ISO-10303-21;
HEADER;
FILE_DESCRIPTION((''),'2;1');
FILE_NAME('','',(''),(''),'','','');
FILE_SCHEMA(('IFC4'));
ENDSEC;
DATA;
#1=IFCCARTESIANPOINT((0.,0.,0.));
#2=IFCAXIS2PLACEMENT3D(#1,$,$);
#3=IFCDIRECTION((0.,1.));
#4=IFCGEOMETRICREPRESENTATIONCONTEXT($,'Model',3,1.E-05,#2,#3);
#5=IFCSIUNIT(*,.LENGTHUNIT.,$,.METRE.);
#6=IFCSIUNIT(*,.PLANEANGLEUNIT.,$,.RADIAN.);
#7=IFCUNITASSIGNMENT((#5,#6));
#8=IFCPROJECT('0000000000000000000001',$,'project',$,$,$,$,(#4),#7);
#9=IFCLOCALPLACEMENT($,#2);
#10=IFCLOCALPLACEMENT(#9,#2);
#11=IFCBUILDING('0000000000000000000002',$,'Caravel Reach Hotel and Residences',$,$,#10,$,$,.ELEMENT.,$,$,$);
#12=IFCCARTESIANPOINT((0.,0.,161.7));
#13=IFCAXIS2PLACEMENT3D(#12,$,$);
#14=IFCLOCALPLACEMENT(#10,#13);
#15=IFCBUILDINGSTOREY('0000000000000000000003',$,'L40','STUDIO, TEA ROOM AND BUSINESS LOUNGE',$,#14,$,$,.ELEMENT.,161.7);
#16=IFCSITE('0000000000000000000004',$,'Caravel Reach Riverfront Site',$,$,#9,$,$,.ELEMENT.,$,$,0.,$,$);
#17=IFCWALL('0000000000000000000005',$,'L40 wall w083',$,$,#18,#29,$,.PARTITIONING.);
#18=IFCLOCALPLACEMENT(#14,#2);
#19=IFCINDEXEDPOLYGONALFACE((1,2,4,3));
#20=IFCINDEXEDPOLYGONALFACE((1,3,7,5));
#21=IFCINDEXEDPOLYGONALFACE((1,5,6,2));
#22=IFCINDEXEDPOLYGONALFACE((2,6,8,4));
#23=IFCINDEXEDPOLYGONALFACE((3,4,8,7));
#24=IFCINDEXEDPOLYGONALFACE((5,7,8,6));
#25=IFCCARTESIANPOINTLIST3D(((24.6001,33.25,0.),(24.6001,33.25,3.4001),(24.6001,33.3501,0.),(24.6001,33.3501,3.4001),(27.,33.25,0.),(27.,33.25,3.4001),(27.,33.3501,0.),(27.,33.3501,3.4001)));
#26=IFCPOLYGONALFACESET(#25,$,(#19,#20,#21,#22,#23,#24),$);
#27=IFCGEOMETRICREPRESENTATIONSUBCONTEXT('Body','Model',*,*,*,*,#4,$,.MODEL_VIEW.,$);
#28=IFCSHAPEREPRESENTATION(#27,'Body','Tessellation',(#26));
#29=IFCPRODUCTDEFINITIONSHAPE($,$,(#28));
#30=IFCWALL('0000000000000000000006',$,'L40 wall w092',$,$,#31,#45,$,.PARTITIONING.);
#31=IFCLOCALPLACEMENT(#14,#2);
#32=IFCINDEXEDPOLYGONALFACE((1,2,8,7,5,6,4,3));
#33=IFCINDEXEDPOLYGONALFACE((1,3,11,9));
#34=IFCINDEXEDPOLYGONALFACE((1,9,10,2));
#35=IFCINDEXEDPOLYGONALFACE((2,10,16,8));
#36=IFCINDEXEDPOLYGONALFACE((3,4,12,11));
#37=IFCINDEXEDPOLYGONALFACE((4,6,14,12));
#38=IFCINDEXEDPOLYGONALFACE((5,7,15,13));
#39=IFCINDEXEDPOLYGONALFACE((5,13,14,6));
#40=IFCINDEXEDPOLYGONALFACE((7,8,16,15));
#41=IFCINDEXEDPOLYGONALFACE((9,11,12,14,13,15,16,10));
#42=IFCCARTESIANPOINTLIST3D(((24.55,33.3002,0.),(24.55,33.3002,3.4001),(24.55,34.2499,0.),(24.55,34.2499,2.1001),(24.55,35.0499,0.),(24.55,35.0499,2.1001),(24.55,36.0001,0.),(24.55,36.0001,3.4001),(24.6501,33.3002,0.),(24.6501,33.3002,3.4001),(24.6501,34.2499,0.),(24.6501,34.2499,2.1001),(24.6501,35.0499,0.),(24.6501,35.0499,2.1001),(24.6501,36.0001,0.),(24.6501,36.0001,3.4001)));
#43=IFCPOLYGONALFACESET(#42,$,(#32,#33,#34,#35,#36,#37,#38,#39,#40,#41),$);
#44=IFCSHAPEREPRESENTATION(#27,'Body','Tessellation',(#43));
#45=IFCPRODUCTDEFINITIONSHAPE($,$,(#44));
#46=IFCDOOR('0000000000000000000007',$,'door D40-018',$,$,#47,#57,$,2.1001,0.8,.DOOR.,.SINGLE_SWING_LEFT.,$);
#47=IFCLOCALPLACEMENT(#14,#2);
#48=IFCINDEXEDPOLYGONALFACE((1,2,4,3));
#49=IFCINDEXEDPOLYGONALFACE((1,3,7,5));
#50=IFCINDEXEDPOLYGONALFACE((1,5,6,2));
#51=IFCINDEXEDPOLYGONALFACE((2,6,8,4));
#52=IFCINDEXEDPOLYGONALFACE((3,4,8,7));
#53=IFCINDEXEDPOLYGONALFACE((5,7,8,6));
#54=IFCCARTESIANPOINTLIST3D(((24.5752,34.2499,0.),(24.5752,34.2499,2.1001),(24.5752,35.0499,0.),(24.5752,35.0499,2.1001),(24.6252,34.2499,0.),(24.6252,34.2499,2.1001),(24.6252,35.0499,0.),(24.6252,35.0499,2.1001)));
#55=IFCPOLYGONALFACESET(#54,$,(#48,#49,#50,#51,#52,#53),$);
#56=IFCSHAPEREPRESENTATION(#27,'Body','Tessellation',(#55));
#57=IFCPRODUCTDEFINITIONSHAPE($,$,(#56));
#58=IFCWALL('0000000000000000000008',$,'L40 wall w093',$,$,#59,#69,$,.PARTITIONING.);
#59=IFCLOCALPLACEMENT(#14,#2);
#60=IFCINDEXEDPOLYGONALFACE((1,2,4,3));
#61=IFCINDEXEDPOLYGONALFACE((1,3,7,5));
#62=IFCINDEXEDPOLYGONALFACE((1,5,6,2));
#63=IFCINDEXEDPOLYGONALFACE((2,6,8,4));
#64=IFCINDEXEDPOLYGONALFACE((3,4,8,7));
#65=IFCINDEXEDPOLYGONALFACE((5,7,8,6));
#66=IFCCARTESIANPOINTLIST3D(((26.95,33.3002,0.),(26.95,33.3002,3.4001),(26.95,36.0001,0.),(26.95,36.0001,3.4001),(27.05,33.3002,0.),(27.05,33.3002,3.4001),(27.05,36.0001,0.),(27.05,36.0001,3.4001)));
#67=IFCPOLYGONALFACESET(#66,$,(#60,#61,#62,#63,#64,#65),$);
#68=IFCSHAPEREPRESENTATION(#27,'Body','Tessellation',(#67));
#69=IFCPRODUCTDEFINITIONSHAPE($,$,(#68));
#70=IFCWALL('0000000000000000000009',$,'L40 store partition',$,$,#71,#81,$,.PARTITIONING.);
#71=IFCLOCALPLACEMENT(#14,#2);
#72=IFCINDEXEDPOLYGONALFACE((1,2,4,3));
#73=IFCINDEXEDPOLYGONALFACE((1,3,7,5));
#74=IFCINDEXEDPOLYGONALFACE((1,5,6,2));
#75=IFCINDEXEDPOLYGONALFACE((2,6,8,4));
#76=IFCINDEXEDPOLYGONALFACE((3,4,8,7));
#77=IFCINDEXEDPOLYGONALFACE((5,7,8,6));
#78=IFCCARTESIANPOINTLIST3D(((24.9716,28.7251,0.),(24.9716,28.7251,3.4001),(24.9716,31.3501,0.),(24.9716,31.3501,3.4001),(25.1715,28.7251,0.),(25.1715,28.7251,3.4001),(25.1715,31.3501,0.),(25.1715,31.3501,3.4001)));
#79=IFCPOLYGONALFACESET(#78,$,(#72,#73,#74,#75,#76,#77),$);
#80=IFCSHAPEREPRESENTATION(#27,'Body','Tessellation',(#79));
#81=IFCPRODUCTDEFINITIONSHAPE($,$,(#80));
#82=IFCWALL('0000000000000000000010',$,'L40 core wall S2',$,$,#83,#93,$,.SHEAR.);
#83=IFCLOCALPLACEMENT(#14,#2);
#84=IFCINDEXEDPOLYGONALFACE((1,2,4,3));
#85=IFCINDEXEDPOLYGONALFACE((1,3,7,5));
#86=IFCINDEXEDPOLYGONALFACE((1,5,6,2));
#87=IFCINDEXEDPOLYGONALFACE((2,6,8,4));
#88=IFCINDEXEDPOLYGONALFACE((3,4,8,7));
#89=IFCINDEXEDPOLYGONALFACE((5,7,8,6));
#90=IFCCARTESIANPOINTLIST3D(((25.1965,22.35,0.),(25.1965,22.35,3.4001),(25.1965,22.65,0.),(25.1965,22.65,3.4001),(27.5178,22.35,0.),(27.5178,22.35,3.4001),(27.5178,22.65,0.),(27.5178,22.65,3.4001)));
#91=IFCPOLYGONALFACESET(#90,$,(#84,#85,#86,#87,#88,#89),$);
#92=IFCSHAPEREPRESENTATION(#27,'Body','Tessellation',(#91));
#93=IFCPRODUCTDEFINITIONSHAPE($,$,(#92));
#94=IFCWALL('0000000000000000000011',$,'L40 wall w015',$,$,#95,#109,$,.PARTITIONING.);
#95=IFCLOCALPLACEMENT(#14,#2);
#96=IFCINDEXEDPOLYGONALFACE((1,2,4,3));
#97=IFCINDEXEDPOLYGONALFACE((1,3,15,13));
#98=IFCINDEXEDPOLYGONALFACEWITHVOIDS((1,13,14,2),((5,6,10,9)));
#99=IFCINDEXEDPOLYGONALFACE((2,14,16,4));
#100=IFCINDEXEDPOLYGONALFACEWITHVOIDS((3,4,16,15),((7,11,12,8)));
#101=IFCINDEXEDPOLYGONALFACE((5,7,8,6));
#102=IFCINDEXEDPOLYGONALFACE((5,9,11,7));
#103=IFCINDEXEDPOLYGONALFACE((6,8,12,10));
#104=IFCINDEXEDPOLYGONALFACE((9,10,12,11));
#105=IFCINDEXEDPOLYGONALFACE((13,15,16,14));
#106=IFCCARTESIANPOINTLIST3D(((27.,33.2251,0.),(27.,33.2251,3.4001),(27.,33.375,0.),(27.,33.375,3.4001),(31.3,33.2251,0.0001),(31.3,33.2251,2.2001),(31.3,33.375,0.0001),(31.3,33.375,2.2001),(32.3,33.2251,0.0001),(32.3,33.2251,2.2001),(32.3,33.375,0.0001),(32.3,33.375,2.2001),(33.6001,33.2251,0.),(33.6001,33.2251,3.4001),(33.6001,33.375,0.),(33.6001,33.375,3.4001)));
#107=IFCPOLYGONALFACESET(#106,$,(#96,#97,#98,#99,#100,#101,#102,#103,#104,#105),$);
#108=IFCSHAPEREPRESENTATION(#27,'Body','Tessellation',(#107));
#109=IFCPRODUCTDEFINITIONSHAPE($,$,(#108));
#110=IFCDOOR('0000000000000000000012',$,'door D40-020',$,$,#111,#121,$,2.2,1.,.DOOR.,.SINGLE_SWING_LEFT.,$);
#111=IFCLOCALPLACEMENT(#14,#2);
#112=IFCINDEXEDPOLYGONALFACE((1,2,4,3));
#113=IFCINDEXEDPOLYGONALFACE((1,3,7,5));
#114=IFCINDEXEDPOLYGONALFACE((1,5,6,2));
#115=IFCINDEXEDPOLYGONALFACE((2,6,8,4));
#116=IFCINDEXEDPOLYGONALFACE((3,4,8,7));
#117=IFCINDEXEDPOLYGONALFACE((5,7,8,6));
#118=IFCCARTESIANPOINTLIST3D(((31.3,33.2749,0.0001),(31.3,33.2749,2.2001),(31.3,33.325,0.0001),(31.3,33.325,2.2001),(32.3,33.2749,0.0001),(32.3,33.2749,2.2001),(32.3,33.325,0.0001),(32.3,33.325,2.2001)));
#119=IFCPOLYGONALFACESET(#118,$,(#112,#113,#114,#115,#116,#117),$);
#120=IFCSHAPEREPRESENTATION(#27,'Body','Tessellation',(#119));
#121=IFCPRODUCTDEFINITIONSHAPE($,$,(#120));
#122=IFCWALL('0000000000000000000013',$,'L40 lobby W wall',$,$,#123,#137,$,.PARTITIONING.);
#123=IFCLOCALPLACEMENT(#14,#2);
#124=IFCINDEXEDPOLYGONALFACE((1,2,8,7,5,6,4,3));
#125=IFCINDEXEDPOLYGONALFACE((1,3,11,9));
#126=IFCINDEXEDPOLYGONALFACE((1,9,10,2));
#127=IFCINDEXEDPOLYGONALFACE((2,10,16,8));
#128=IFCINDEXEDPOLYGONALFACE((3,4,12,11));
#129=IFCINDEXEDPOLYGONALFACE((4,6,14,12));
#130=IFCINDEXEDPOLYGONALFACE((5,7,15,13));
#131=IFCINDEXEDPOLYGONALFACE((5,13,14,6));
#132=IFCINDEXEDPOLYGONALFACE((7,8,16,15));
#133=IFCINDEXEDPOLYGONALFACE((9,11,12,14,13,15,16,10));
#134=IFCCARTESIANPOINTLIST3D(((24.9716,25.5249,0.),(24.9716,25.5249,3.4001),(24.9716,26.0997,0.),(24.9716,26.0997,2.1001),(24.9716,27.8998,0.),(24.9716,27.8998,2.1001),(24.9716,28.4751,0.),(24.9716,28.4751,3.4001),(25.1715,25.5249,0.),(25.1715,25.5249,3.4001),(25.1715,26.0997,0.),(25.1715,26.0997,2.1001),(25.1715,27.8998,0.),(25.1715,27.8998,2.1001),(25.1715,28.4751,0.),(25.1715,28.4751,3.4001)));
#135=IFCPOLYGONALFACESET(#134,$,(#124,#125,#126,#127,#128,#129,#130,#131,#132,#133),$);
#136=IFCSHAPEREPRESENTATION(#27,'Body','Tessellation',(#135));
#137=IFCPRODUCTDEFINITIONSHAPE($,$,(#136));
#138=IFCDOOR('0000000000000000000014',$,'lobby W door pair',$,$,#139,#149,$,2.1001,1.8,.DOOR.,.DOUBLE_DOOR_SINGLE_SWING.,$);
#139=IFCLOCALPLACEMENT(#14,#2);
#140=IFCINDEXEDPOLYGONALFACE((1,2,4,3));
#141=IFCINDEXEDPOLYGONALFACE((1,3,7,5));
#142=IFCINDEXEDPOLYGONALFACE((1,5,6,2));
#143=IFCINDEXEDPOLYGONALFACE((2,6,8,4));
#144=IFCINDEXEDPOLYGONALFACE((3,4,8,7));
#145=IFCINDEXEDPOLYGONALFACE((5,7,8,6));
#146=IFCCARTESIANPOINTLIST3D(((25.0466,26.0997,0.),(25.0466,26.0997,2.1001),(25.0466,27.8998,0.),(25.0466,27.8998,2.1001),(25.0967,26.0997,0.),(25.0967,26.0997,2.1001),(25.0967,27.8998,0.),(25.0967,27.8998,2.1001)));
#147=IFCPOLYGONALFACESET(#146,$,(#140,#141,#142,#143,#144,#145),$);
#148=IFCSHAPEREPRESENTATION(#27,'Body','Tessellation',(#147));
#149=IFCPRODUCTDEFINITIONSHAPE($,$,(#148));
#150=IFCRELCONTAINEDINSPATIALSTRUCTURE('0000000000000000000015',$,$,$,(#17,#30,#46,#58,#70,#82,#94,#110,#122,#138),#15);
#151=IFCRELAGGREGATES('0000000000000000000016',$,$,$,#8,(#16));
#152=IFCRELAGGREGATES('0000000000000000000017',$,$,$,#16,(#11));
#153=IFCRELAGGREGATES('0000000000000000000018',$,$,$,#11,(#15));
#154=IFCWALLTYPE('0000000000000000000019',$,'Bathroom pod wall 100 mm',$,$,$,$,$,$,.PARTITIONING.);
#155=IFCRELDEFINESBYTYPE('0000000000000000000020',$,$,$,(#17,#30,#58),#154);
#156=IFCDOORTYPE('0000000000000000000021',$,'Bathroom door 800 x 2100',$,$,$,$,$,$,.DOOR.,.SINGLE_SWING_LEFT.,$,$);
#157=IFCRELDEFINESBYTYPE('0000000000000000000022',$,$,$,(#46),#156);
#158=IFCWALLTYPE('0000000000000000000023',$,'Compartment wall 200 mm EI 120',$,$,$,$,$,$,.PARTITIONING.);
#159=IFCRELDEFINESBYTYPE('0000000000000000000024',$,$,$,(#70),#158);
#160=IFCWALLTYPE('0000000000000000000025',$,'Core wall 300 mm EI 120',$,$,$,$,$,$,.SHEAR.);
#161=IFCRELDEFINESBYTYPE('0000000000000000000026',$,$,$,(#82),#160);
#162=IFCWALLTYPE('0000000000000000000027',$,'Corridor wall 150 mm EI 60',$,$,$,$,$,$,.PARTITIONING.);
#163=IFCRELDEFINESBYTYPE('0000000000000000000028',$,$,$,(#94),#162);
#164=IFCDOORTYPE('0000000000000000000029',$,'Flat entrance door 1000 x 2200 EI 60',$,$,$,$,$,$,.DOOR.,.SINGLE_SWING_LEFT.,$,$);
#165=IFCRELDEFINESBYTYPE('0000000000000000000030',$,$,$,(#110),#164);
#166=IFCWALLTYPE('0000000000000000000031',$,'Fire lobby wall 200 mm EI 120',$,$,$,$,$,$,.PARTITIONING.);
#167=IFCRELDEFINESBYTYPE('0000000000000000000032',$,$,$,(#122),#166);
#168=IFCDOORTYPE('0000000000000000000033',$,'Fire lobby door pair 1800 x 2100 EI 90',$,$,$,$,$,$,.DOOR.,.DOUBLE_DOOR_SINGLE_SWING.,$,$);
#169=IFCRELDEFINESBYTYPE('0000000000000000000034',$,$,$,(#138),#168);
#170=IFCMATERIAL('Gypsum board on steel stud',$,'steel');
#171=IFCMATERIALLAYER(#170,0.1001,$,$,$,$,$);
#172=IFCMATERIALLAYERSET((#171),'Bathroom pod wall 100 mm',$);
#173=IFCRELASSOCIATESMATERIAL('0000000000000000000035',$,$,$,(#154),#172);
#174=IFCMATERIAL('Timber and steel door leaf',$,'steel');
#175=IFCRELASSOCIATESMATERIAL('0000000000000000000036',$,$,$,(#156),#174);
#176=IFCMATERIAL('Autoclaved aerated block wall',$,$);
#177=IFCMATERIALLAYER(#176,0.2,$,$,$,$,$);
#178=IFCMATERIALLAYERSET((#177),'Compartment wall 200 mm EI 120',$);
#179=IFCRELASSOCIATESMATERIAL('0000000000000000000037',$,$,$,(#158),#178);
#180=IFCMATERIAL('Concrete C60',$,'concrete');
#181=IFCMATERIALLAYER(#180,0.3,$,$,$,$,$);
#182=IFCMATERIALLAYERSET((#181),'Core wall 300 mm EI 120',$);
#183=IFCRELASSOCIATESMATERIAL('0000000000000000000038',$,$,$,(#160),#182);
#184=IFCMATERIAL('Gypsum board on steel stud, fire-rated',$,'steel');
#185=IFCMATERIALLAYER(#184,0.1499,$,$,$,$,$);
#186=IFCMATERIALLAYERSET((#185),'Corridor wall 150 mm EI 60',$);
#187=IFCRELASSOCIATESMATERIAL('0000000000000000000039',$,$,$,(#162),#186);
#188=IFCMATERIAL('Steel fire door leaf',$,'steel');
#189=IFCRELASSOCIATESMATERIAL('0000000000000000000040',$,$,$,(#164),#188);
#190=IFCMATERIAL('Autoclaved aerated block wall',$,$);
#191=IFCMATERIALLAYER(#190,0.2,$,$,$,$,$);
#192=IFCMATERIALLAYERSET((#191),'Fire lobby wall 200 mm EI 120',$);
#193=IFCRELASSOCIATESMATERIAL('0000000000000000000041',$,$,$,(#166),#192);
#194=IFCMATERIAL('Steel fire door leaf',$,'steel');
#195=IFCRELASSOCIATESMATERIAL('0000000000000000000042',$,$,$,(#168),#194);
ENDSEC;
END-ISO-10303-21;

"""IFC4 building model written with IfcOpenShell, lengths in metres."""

from ifc_helpers import new_model, si_unit, direction, frame, frame_2d, origin, place, context, subcontext, project, spatial, rectangle, extrude, material, layer, layer_set, type_object, element, fill, save


model = new_model("IFC4")

# Units and contexts
model_context = context("Model", 3, precision=1e-05, world=origin(), true_north=direction((0.0, 1.0)))
body_context = subcontext(model_context, "Body", "Model", "MODEL_VIEW")
ifc_project = project(units=[si_unit("LENGTHUNIT", "METRE"), si_unit("PLANEANGLEUNIT", "RADIAN")], contexts=[model_context])

# Site, building, storey
site_placement = place(None, origin())
site = spatial("IfcSite", under=ifc_project, at=site_placement, Name="Caravel Reach Riverfront Site", CompositionType="ELEMENT", RefElevation=0.0)
building_placement = place(site_placement, origin())
building = spatial("IfcBuilding", under=site, at=building_placement, Name="Caravel Reach Hotel and Residences", CompositionType="ELEMENT")
storey_placement = place(building_placement, frame((0.0, 0.0, 161.7)))
storey = spatial("IfcBuildingStorey", under=building, at=storey_placement, Name="L40", Description="STUDIO, TEA ROOM AND BUSINESS LOUNGE", CompositionType="ELEMENT", Elevation=161.7)

# Wall
ifc_material_1 = material(Name="Gypsum board on steel stud", Category="steel")
ifc_layer_1 = layer(ifc_material_1, 0.1001)
ifc_layer_set_1 = layer_set([ifc_layer_1], Name="Bathroom pod wall 100 mm")
wall_type_1 = type_object("IfcWallType", Name="Bathroom pod wall 100 mm", PredefinedType="PARTITIONING", material=ifc_layer_set_1)
wall_1_placement = place(storey_placement, frame((24.6001, 33.3, 0.0), z_axis=(0.0, 0.0, 1.0), x_axis=(1.0, 0.0, 0.0)))
element("IfcWall", 1, at=wall_1_placement, inside=storey, type_object=wall_type_1, Name="L40 wall w083", PredefinedType="PARTITIONING", context=body_context, shape_type="SweptSolid", body=[
    extrude(rectangle(XDim=2.3999, YDim=0.1001, at=frame_2d((1.2, 0.0))), origin(), (0.0, 0.0, 1.0), 3.4001),
])

# Wall, opening, door
wall_2_placement = place(storey_placement, frame((24.6001, 33.3, 0.0), z_axis=(0.0, 0.0, 1.0), x_axis=(0.0, 1.0, 0.0)))
wall_2 = element("IfcWall", 2, at=wall_2_placement, inside=storey, type_object=wall_type_1, Name="L40 wall w092", PredefinedType="PARTITIONING", context=body_context, shape_type="SweptSolid", body=[
    extrude(rectangle(XDim=2.7, YDim=0.1001, at=frame_2d((1.3501, 0.0))), origin(), (0.0, 0.0, 1.0), 3.4001),
])
opening_1_placement = place(wall_2_placement, frame((0.95, 0.0, 0.0)))
opening_1 = element("IfcOpeningElement", 3, at=opening_1_placement, cuts=wall_2, PredefinedType="OPENING", context=body_context, shape_type="SweptSolid", body=[
    extrude(rectangle(XDim=0.8, YDim=2.1001, at=frame_2d((0.3999, 1.05))), frame((0.0, 0.0601, 0.0), z_axis=(0.0, -1.0, 0.0), x_axis=(1.0, 0.0, 0.0)), (0.0, 0.0, 1.0), 0.1201),
])
ifc_material_2 = material(Name="Timber and steel door leaf", Category="steel")
door_type_1 = type_object("IfcDoorType", Name="Bathroom door 800 x 2100", OperationType="SINGLE_SWING_LEFT", PredefinedType="DOOR", material=ifc_material_2)
door_1_placement = place(opening_1_placement, origin())
door_1 = element("IfcDoor", 4, at=door_1_placement, inside=storey, type_object=door_type_1, Name="door D40-018", OperationType="SINGLE_SWING_LEFT", OverallHeight=2.1001, OverallWidth=0.8, PredefinedType="DOOR", context=body_context, shape_type="SweptSolid", body=[
    extrude(rectangle(XDim=0.8, YDim=2.1001, at=frame_2d((0.3999, 1.05))), frame((0.0, 0.0249, 0.0), z_axis=(0.0, -1.0, 0.0), x_axis=(1.0, 0.0, 0.0)), (0.0, 0.0, 1.0), 0.05),
])
fill(opening_1, door_1)

# Walls
wall_3_placement = place(storey_placement, frame((27.0, 33.3, 0.0), z_axis=(0.0, 0.0, 1.0), x_axis=(0.0, 1.0, 0.0)))
element("IfcWall", 5, at=wall_3_placement, inside=storey, type_object=wall_type_1, Name="L40 wall w093", PredefinedType="PARTITIONING", context=body_context, shape_type="SweptSolid", body=[
    extrude(rectangle(XDim=2.7, YDim=0.1001, at=frame_2d((1.3501, 0.0))), origin(), (0.0, 0.0, 1.0), 3.4001),
])
ifc_material_3 = material(Name="Autoclaved aerated block wall")
ifc_layer_2 = layer(ifc_material_3, 0.2)
ifc_layer_set_2 = layer_set([ifc_layer_2], Name="Compartment wall 200 mm EI 120")
wall_type_2 = type_object("IfcWallType", Name="Compartment wall 200 mm EI 120", PredefinedType="PARTITIONING", material=ifc_layer_set_2)
wall_4_placement = place(storey_placement, frame((25.0715, 28.7251, 0.0), z_axis=(0.0, 0.0, 1.0), x_axis=(0.0, 1.0, 0.0)))
element("IfcWall", 6, at=wall_4_placement, inside=storey, type_object=wall_type_2, Name="L40 store partition", PredefinedType="PARTITIONING", context=body_context, shape_type="SweptSolid", body=[
    extrude(rectangle(XDim=2.625, YDim=0.2, at=frame_2d((1.3125, 0.0))), origin(), (0.0, 0.0, 1.0), 3.4001),
])
ifc_material_4 = material(Name="Concrete C60", Category="concrete")
ifc_layer_3 = layer(ifc_material_4, 0.3)
ifc_layer_set_3 = layer_set([ifc_layer_3], Name="Core wall 300 mm EI 120")
wall_type_3 = type_object("IfcWallType", Name="Core wall 300 mm EI 120", PredefinedType="SHEAR", material=ifc_layer_set_3)
wall_5_placement = place(storey_placement, frame((25.1965, 22.5, 0.0), z_axis=(0.0, 0.0, 1.0), x_axis=(1.0, 0.0, 0.0)))
element("IfcWall", 7, at=wall_5_placement, inside=storey, type_object=wall_type_3, Name="L40 core wall S2", PredefinedType="SHEAR", context=body_context, shape_type="SweptSolid", body=[
    extrude(rectangle(XDim=2.3213, YDim=0.3, at=frame_2d((1.1606, 0.0))), origin(), (0.0, 0.0, 1.0), 3.4001),
])

# Walls, openings, doors
ifc_material_5 = material(Name="Gypsum board on steel stud, fire-rated", Category="steel")
ifc_layer_4 = layer(ifc_material_5, 0.1499)
ifc_layer_set_4 = layer_set([ifc_layer_4], Name="Corridor wall 150 mm EI 60")
wall_type_4 = type_object("IfcWallType", Name="Corridor wall 150 mm EI 60", PredefinedType="PARTITIONING", material=ifc_layer_set_4)
wall_6_placement = place(storey_placement, frame((27.0, 33.3, 0.0), z_axis=(0.0, 0.0, 1.0), x_axis=(1.0, 0.0, 0.0)))
wall_6 = element("IfcWall", 8, at=wall_6_placement, inside=storey, type_object=wall_type_4, Name="L40 wall w015", PredefinedType="PARTITIONING", context=body_context, shape_type="SweptSolid", body=[
    extrude(rectangle(XDim=6.6001, YDim=0.1499, at=frame_2d((3.3, 0.0))), origin(), (0.0, 0.0, 1.0), 3.4001),
])
opening_2_placement = place(wall_6_placement, frame((4.3, 0.0, 0.0)))
opening_2 = element("IfcOpeningElement", 9, at=opening_2_placement, cuts=wall_6, PredefinedType="OPENING", context=body_context, shape_type="SweptSolid", body=[
    extrude(rectangle(XDim=1.0, YDim=2.2, at=frame_2d((0.5, 1.1001))), frame((0.0, 0.085, 0.0), z_axis=(0.0, -1.0, 0.0), x_axis=(1.0, 0.0, 0.0)), (0.0, 0.0, 1.0), 0.1699),
])
ifc_material_6 = material(Name="Steel fire door leaf", Category="steel")
door_type_2 = type_object("IfcDoorType", Name="Flat entrance door 1000 x 2200 EI 60", OperationType="SINGLE_SWING_LEFT", PredefinedType="DOOR", material=ifc_material_6)
door_2_placement = place(opening_2_placement, origin())
door_2 = element("IfcDoor", 10, at=door_2_placement, inside=storey, type_object=door_type_2, Name="door D40-020", OperationType="SINGLE_SWING_LEFT", OverallHeight=2.2, OverallWidth=1.0, PredefinedType="DOOR", context=body_context, shape_type="SweptSolid", body=[
    extrude(rectangle(XDim=1.0, YDim=2.2, at=frame_2d((0.5, 1.1001))), frame((0.0, 0.0249, 0.0), z_axis=(0.0, -1.0, 0.0), x_axis=(1.0, 0.0, 0.0)), (0.0, 0.0, 1.0), 0.05),
])
fill(opening_2, door_2)
ifc_material_7 = material(Name="Autoclaved aerated block wall")
ifc_layer_5 = layer(ifc_material_7, 0.2)
ifc_layer_set_5 = layer_set([ifc_layer_5], Name="Fire lobby wall 200 mm EI 120")
wall_type_5 = type_object("IfcWallType", Name="Fire lobby wall 200 mm EI 120", PredefinedType="PARTITIONING", material=ifc_layer_set_5)
wall_7_placement = place(storey_placement, frame((25.0715, 25.5249, 0.0), z_axis=(0.0, 0.0, 1.0), x_axis=(0.0, 1.0, 0.0)))
wall_7 = element("IfcWall", 11, at=wall_7_placement, inside=storey, type_object=wall_type_5, Name="L40 lobby W wall", PredefinedType="PARTITIONING", context=body_context, shape_type="SweptSolid", body=[
    extrude(rectangle(XDim=2.9502, YDim=0.2, at=frame_2d((1.4751, 0.0))), origin(), (0.0, 0.0, 1.0), 3.4001),
])
opening_3_placement = place(wall_7_placement, frame((0.575, 0.0, 0.0)))
opening_3 = element("IfcOpeningElement", 12, at=opening_3_placement, cuts=wall_7, PredefinedType="OPENING", context=body_context, shape_type="SweptSolid", body=[
    extrude(rectangle(XDim=1.8, YDim=2.1001, at=frame_2d((0.8999, 1.05))), frame((0.0, 0.1099, 0.0), z_axis=(0.0, -1.0, 0.0), x_axis=(1.0, 0.0, 0.0)), (0.0, 0.0, 1.0), 0.22),
])
ifc_material_8 = material(Name="Steel fire door leaf", Category="steel")
door_type_3 = type_object("IfcDoorType", Name="Fire lobby door pair 1800 x 2100 EI 90", OperationType="DOUBLE_DOOR_SINGLE_SWING", PredefinedType="DOOR", material=ifc_material_8)
door_3_placement = place(opening_3_placement, origin())
door_3 = element("IfcDoor", 13, at=door_3_placement, inside=storey, type_object=door_type_3, Name="lobby W door pair", OperationType="DOUBLE_DOOR_SINGLE_SWING", OverallHeight=2.1001, OverallWidth=1.8, PredefinedType="DOOR", context=body_context, shape_type="SweptSolid", body=[
    extrude(rectangle(XDim=1.8, YDim=2.1001, at=frame_2d((0.8999, 1.05))), frame((0.0, 0.0249, 0.0), z_axis=(0.0, -1.0, 0.0), x_axis=(1.0, 0.0, 0.0)), (0.0, 0.0, 1.0), 0.05),
])
fill(opening_3, door_3)

save(model, "model.ifc")
